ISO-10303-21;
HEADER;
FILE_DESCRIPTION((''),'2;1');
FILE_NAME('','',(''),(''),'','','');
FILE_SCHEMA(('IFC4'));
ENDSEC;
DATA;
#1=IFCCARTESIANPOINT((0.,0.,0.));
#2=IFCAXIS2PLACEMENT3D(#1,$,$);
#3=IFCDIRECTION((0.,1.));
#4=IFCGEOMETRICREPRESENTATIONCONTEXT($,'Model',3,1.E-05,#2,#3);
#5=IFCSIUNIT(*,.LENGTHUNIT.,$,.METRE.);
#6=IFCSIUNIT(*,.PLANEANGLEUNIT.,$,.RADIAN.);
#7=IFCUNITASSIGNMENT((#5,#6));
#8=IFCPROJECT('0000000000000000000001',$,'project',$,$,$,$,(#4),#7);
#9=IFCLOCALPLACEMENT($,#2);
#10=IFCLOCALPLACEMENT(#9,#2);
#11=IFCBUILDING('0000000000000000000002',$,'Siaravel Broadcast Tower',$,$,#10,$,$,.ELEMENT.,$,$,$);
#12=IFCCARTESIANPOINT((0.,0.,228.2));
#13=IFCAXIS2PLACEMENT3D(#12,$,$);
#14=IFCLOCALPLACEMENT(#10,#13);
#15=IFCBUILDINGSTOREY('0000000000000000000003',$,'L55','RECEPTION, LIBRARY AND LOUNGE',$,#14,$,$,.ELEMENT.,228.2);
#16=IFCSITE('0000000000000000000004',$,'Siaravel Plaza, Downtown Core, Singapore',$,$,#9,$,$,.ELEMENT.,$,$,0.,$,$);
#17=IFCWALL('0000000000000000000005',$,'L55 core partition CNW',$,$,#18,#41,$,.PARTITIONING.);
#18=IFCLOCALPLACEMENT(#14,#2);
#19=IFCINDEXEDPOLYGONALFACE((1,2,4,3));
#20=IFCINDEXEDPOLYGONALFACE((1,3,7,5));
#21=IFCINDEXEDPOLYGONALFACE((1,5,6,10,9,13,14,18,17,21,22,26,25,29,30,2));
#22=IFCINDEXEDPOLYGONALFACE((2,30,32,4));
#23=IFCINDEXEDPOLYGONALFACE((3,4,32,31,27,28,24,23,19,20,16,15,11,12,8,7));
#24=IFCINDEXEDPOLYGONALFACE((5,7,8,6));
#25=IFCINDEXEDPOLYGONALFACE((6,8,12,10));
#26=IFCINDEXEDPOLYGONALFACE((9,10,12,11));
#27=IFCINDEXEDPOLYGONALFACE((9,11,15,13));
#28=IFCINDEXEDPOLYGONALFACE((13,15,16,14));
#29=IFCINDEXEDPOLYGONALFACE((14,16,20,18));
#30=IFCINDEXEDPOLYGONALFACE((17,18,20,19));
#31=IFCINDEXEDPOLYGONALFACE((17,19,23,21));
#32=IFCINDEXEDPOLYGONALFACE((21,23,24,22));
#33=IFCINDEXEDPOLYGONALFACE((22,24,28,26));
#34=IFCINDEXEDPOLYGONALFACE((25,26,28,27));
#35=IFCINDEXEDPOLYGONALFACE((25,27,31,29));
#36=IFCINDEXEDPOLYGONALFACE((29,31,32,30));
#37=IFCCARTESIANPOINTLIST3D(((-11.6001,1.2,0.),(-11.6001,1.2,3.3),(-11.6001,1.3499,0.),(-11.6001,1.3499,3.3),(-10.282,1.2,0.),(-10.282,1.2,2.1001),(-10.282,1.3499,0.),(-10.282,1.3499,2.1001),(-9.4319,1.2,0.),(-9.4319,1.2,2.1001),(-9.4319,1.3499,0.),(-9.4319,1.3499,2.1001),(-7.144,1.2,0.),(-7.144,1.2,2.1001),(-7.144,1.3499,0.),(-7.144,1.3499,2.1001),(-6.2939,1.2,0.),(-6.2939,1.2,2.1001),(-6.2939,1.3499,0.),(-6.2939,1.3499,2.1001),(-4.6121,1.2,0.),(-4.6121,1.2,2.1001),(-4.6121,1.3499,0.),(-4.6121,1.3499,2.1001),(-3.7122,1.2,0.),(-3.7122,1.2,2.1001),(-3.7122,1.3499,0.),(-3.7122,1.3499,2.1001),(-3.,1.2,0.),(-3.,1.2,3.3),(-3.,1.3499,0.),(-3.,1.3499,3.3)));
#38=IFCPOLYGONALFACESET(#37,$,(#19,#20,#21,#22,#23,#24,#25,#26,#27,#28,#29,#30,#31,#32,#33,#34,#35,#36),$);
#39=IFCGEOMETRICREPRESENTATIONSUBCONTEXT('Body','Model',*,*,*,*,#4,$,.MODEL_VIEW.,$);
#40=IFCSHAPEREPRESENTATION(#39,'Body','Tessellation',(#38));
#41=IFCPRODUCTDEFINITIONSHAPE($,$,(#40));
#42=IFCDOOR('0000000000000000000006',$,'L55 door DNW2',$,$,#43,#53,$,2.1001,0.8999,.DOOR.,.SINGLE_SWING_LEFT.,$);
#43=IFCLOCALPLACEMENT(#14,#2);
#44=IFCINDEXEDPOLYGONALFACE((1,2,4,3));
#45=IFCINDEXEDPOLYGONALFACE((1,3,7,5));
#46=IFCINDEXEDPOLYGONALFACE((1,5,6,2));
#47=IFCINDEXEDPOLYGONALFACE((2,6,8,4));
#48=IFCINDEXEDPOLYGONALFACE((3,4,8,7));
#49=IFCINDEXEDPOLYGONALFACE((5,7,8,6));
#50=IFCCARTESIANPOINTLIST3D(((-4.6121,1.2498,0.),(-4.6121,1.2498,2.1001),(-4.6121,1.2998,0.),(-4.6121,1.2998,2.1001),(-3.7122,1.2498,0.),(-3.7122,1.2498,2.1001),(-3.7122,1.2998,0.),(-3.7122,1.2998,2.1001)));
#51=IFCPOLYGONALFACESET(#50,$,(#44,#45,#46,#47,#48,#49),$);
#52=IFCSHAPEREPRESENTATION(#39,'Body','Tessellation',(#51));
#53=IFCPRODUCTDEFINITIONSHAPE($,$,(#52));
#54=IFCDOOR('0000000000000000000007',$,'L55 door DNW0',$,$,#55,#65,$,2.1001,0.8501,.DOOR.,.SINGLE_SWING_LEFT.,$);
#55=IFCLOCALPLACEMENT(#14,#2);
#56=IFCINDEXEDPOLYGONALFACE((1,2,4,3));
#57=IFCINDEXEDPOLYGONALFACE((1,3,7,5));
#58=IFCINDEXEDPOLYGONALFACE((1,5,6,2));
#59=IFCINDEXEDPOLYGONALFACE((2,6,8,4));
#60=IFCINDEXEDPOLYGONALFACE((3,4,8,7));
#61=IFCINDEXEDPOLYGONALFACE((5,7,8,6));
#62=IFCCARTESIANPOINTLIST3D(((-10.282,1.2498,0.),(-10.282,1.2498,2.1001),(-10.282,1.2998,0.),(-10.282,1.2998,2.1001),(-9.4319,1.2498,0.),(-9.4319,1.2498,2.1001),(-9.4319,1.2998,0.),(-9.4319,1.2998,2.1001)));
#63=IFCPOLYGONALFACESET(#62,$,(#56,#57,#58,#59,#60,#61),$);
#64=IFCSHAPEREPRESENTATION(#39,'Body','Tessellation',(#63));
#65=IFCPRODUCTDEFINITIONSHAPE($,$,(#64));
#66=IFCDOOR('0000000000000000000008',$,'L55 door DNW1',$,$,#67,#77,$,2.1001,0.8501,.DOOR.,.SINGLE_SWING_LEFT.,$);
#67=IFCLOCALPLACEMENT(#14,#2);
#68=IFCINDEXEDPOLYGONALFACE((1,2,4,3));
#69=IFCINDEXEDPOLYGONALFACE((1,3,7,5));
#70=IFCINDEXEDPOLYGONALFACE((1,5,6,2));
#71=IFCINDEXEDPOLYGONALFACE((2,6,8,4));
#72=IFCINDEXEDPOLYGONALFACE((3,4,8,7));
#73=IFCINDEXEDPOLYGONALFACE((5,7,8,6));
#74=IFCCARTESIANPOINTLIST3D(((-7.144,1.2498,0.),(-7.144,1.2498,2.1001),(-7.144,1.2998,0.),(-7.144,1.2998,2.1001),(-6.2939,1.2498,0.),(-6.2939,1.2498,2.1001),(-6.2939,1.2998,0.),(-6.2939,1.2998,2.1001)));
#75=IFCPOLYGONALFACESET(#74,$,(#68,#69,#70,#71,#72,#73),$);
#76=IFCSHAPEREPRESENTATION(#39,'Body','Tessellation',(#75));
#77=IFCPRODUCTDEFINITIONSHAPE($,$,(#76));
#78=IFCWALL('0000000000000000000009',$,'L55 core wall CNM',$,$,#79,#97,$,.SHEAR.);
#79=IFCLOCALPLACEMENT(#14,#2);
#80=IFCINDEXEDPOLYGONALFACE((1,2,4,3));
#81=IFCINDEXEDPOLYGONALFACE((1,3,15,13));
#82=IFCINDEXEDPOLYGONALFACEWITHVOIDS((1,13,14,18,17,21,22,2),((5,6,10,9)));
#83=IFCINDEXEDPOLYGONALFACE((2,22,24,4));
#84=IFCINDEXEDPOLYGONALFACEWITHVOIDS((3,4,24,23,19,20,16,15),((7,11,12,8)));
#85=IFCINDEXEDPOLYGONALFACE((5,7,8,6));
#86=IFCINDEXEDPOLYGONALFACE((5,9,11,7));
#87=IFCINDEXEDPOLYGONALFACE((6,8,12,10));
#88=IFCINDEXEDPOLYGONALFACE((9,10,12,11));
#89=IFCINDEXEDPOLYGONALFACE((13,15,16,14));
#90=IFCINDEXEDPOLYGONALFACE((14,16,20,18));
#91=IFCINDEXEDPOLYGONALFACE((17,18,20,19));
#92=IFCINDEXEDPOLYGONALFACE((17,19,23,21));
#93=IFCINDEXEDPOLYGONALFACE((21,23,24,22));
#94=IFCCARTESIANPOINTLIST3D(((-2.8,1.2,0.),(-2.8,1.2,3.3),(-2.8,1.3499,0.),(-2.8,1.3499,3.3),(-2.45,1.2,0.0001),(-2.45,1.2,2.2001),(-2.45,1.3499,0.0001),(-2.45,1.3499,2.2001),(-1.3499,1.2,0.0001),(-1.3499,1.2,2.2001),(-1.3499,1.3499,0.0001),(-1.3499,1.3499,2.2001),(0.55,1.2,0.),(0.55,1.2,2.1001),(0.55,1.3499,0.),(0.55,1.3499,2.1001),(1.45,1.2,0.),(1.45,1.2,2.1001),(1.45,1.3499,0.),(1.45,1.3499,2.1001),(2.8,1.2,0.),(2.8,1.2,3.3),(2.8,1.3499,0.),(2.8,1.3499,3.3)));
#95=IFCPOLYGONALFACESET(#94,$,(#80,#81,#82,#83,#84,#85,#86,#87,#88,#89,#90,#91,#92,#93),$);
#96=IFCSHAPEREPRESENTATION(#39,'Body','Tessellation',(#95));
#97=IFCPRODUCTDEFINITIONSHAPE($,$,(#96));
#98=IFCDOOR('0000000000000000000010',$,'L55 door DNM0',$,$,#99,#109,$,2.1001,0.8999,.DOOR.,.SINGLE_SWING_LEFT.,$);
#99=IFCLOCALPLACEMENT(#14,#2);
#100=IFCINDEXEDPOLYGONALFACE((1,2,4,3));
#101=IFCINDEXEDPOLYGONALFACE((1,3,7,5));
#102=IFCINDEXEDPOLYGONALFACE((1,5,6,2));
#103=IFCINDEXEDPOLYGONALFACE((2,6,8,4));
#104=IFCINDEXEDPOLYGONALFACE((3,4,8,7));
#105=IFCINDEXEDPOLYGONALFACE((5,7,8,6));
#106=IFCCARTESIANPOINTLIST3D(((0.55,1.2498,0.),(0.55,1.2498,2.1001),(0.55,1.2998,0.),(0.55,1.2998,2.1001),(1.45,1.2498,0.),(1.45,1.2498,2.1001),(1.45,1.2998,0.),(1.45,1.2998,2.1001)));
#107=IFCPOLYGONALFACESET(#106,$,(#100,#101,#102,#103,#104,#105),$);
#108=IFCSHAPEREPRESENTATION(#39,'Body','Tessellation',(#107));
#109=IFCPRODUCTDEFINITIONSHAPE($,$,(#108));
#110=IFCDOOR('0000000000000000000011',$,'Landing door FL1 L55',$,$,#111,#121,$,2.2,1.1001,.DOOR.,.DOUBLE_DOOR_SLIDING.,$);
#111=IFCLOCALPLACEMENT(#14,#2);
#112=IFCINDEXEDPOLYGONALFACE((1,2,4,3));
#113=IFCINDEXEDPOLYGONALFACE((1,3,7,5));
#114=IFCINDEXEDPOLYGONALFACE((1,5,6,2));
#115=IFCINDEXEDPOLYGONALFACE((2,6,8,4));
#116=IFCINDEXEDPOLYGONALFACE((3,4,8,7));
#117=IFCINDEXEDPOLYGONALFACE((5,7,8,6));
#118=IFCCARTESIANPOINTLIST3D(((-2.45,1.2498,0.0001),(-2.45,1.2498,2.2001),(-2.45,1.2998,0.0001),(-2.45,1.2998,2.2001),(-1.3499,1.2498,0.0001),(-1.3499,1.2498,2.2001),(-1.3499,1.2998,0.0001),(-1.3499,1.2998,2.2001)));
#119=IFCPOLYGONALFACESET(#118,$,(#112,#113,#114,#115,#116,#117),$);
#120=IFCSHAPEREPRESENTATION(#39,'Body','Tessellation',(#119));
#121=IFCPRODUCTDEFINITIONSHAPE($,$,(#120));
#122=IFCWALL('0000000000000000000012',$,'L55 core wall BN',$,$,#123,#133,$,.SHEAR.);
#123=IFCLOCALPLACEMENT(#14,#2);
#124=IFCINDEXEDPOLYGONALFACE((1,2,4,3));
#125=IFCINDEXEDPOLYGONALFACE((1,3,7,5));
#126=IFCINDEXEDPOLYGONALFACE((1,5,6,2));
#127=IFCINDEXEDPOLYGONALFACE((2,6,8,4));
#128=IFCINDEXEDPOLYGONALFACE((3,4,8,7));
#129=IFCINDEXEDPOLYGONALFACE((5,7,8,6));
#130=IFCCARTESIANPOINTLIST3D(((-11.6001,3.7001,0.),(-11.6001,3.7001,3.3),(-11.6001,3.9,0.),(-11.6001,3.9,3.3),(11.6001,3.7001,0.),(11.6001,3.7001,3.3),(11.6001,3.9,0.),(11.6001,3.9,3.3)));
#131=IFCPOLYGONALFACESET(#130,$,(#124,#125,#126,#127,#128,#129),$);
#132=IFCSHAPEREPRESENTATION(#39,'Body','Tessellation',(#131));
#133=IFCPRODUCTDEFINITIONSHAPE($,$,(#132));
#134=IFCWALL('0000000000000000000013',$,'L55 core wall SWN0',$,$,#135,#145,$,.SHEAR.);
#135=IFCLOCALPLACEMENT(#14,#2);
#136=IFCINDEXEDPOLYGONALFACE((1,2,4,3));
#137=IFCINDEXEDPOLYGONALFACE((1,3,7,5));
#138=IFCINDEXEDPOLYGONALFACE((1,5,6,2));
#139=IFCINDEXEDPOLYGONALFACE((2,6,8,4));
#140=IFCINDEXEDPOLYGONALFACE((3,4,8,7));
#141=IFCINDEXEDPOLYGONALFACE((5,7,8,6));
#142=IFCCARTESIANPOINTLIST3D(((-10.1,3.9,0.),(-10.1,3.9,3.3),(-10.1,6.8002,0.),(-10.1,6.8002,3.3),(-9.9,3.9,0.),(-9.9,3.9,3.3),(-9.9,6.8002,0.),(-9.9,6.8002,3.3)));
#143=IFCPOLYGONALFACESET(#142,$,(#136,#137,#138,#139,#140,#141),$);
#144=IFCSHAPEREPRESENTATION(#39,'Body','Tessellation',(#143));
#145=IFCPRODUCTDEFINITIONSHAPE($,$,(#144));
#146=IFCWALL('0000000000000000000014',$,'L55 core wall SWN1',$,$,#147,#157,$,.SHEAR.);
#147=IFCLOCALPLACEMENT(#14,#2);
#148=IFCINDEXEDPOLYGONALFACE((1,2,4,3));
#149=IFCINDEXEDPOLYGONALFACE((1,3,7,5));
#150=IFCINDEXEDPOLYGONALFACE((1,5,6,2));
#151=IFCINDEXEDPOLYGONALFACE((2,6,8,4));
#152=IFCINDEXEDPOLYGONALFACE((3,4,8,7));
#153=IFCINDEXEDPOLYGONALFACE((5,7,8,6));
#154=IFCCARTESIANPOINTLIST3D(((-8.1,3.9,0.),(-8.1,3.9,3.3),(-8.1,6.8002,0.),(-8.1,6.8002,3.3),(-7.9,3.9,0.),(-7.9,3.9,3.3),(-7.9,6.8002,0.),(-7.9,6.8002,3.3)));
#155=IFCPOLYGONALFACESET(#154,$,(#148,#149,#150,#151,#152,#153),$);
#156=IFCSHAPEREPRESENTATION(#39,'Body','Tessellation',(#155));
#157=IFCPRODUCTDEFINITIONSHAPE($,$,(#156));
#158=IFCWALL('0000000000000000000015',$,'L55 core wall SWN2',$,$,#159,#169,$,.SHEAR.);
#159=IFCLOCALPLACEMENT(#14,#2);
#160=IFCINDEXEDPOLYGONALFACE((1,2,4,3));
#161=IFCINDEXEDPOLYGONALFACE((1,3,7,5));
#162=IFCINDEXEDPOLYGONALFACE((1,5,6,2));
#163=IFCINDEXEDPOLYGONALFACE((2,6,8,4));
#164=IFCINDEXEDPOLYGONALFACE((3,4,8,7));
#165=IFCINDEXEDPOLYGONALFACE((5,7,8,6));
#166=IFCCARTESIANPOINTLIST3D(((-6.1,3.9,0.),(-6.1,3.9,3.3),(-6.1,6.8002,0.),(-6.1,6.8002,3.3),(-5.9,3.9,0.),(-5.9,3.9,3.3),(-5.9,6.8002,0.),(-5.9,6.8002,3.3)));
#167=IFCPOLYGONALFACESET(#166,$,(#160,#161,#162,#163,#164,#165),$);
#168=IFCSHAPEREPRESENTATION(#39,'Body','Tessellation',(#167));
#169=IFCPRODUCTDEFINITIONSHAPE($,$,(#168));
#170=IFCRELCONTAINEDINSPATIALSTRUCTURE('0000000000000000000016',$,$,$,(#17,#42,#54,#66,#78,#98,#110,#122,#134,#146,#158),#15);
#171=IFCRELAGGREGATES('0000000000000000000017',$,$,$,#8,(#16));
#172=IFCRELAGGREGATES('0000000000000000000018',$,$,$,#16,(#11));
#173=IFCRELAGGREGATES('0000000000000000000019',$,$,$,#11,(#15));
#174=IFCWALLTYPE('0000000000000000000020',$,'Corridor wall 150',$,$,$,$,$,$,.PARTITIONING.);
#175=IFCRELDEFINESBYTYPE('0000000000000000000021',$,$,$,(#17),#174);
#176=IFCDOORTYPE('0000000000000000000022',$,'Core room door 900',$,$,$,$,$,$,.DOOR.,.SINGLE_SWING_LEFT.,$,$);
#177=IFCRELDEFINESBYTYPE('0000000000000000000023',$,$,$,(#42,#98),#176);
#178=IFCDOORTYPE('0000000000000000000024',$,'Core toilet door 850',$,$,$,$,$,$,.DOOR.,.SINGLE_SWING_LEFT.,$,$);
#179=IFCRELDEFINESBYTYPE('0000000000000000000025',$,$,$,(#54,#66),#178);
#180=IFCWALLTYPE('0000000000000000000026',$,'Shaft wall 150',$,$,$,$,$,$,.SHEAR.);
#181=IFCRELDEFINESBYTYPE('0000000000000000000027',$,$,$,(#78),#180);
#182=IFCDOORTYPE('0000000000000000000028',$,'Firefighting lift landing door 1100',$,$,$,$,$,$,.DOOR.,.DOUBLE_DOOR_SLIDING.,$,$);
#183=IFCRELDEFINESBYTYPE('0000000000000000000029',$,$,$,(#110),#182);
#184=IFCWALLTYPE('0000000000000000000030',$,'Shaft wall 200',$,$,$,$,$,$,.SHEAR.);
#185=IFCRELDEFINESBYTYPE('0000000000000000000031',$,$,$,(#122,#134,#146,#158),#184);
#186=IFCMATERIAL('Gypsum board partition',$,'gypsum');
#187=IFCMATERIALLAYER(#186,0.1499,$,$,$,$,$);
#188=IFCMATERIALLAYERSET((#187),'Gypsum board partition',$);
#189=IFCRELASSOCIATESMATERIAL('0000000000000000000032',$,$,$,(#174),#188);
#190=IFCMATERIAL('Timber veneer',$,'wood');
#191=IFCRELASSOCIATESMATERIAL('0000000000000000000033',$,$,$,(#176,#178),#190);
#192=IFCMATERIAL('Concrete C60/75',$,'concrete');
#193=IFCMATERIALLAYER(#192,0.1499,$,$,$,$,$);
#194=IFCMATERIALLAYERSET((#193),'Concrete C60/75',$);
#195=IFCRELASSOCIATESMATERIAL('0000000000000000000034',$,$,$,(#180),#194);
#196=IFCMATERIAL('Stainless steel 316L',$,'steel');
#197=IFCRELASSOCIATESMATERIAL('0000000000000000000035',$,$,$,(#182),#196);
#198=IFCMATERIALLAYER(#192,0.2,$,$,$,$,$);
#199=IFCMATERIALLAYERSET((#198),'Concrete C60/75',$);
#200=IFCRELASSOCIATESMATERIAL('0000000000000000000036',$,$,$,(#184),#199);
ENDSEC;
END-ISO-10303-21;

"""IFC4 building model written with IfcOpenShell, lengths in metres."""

from ifc_helpers import new_model, si_unit, direction, frame, frame_2d, origin, place, context, subcontext, project, spatial, rectangle, extrude, material, layer, layer_set, type_object, element, fill, save


model = new_model("IFC4")

# Units and contexts
model_context = context("Model", 3, precision=1e-05, world=origin(), true_north=direction((0.0, 1.0)))
body_context = subcontext(model_context, "Body", "Model", "MODEL_VIEW")
ifc_project = project(units=[si_unit("LENGTHUNIT", "METRE"), si_unit("PLANEANGLEUNIT", "RADIAN")], contexts=[model_context])

# Site, building, storey
site_placement = place(None, origin())
site = spatial("IfcSite", under=ifc_project, at=site_placement, Name="Siaravel Plaza, Downtown Core, Singapore", CompositionType="ELEMENT", RefElevation=0.0)
building_placement = place(site_placement, origin())
building = spatial("IfcBuilding", under=site, at=building_placement, Name="Siaravel Broadcast Tower", CompositionType="ELEMENT")
storey_placement = place(building_placement, frame((0.0, 0.0, 228.2)))
storey = spatial("IfcBuildingStorey", under=building, at=storey_placement, Name="L55", Description="RECEPTION, LIBRARY AND LOUNGE", CompositionType="ELEMENT", Elevation=228.2)

# Walls, openings, doors
ifc_material_1 = material(Name="Gypsum board partition", Category="gypsum")
ifc_layer_1 = layer(ifc_material_1, 0.1499)
ifc_layer_set_1 = layer_set([ifc_layer_1], Name="Gypsum board partition")
wall_type_1 = type_object("IfcWallType", Name="Corridor wall 150", PredefinedType="PARTITIONING", material=ifc_layer_set_1)
wall_1_placement = place(storey_placement, frame((-11.6001, 1.2749, 0.0), z_axis=(0.0, 0.0, 1.0), x_axis=(1.0, 0.0, 0.0)))
wall_1 = element("IfcWall", 1, at=wall_1_placement, inside=storey, type_object=wall_type_1, Name="L55 core partition CNW", PredefinedType="PARTITIONING", context=body_context, shape_type="SweptSolid", body=[
    extrude(rectangle(XDim=8.6001, YDim=0.1499, at=frame_2d((4.3, 0.0))), origin(), (0.0, 0.0, 1.0), 3.3),
])
opening_1_placement = place(wall_1_placement, frame((1.3181, 0.0, 0.0)))
opening_1 = element("IfcOpeningElement", 2, at=opening_1_placement, cuts=wall_1, PredefinedType="OPENING", context=body_context, shape_type="SweptSolid", body=[
    extrude(rectangle(XDim=0.8501, YDim=2.1001, at=frame_2d((0.425, 1.05))), frame((0.0, 0.085, 0.0), z_axis=(0.0, -1.0, 0.0), x_axis=(1.0, 0.0, 0.0)), (0.0, 0.0, 1.0), 0.1699),
])
opening_2_placement = place(wall_1_placement, frame((4.4561, 0.0, 0.0)))
opening_2 = element("IfcOpeningElement", 3, at=opening_2_placement, cuts=wall_1, PredefinedType="OPENING", context=body_context, shape_type="SweptSolid", body=[
    extrude(rectangle(XDim=0.8501, YDim=2.1001, at=frame_2d((0.425, 1.05))), frame((0.0, 0.085, 0.0), z_axis=(0.0, -1.0, 0.0), x_axis=(1.0, 0.0, 0.0)), (0.0, 0.0, 1.0), 0.1699),
])
opening_3_placement = place(wall_1_placement, frame((6.988, 0.0, 0.0)))
opening_3 = element("IfcOpeningElement", 4, at=opening_3_placement, cuts=wall_1, PredefinedType="OPENING", context=body_context, shape_type="SweptSolid", body=[
    extrude(rectangle(XDim=0.8999, YDim=2.1001, at=frame_2d((0.45, 1.05))), frame((0.0, 0.085, 0.0), z_axis=(0.0, -1.0, 0.0), x_axis=(1.0, 0.0, 0.0)), (0.0, 0.0, 1.0), 0.1699),
])
ifc_material_2 = material(Name="Timber veneer", Category="wood")
door_type_1 = type_object("IfcDoorType", Name="Core room door 900", OperationType="SINGLE_SWING_LEFT", PredefinedType="DOOR", material=ifc_material_2)
door_1_placement = place(opening_3_placement, origin())
door_1 = element("IfcDoor", 5, at=door_1_placement, inside=storey, type_object=door_type_1, Name="L55 door DNW2", OperationType="SINGLE_SWING_LEFT", OverallHeight=2.1001, OverallWidth=0.8999, PredefinedType="DOOR", context=body_context, shape_type="SweptSolid", body=[
    extrude(rectangle(XDim=0.8999, YDim=2.1001, at=frame_2d((0.45, 1.05))), frame((0.0, 0.0249, 0.0), z_axis=(0.0, -1.0, 0.0), x_axis=(1.0, 0.0, 0.0)), (0.0, 0.0, 1.0), 0.05),
])
fill(opening_3, door_1)
door_type_2 = type_object("IfcDoorType", Name="Core toilet door 850", OperationType="SINGLE_SWING_LEFT", PredefinedType="DOOR", material=ifc_material_2)
door_2_placement = place(opening_1_placement, origin())
door_2 = element("IfcDoor", 6, at=door_2_placement, inside=storey, type_object=door_type_2, Name="L55 door DNW0", OperationType="SINGLE_SWING_LEFT", OverallHeight=2.1001, OverallWidth=0.8501, PredefinedType="DOOR", context=body_context, shape_type="SweptSolid", body=[
    extrude(rectangle(XDim=0.8501, YDim=2.1001, at=frame_2d((0.425, 1.05))), frame((0.0, 0.0249, 0.0), z_axis=(0.0, -1.0, 0.0), x_axis=(1.0, 0.0, 0.0)), (0.0, 0.0, 1.0), 0.05),
])
fill(opening_1, door_2)
door_3_placement = place(opening_2_placement, origin())
door_3 = element("IfcDoor", 7, at=door_3_placement, inside=storey, type_object=door_type_2, Name="L55 door DNW1", OperationType="SINGLE_SWING_LEFT", OverallHeight=2.1001, OverallWidth=0.8501, PredefinedType="DOOR", context=body_context, shape_type="SweptSolid", body=[
    extrude(rectangle(XDim=0.8501, YDim=2.1001, at=frame_2d((0.425, 1.05))), frame((0.0, 0.0249, 0.0), z_axis=(0.0, -1.0, 0.0), x_axis=(1.0, 0.0, 0.0)), (0.0, 0.0, 1.0), 0.05),
])
fill(opening_2, door_3)
ifc_material_3 = material(Name="Concrete C60/75", Category="concrete")
ifc_layer_2 = layer(ifc_material_3, 0.1499)
ifc_layer_set_2 = layer_set([ifc_layer_2], Name="Concrete C60/75")
wall_type_2 = type_object("IfcWallType", Name="Shaft wall 150", PredefinedType="SHEAR", material=ifc_layer_set_2)
wall_2_placement = place(storey_placement, frame((-2.8, 1.2749, 0.0), z_axis=(0.0, 0.0, 1.0), x_axis=(1.0, 0.0, 0.0)))
wall_2 = element("IfcWall", 8, at=wall_2_placement, inside=storey, type_object=wall_type_2, Name="L55 core wall CNM", PredefinedType="SHEAR", context=body_context, shape_type="SweptSolid", body=[
    extrude(rectangle(XDim=5.6001, YDim=0.1499, at=frame_2d((2.8, 0.0))), origin(), (0.0, 0.0, 1.0), 3.3),
])
opening_4_placement = place(wall_2_placement, frame((0.3501, 0.0, 0.0)))
opening_4 = element("IfcOpeningElement", 9, at=opening_4_placement, cuts=wall_2, PredefinedType="OPENING", context=body_context, shape_type="SweptSolid", body=[
    extrude(rectangle(XDim=1.1001, YDim=2.2, at=frame_2d((0.55, 1.1001))), frame((0.0, 0.085, 0.0), z_axis=(0.0, -1.0, 0.0), x_axis=(1.0, 0.0, 0.0)), (0.0, 0.0, 1.0), 0.1699),
])
opening_5_placement = place(wall_2_placement, frame((3.3501, 0.0, 0.0)))
opening_5 = element("IfcOpeningElement", 10, at=opening_5_placement, cuts=wall_2, PredefinedType="OPENING", context=body_context, shape_type="SweptSolid", body=[
    extrude(rectangle(XDim=0.8999, YDim=2.1001, at=frame_2d((0.45, 1.05))), frame((0.0, 0.085, 0.0), z_axis=(0.0, -1.0, 0.0), x_axis=(1.0, 0.0, 0.0)), (0.0, 0.0, 1.0), 0.1699),
])
door_4_placement = place(opening_5_placement, origin())
door_4 = element("IfcDoor", 11, at=door_4_placement, inside=storey, type_object=door_type_1, Name="L55 door DNM0", OperationType="SINGLE_SWING_LEFT", OverallHeight=2.1001, OverallWidth=0.8999, PredefinedType="DOOR", context=body_context, shape_type="SweptSolid", body=[
    extrude(rectangle(XDim=0.8999, YDim=2.1001, at=frame_2d((0.45, 1.05))), frame((0.0, 0.0249, 0.0), z_axis=(0.0, -1.0, 0.0), x_axis=(1.0, 0.0, 0.0)), (0.0, 0.0, 1.0), 0.05),
])
fill(opening_5, door_4)
ifc_material_4 = material(Name="Stainless steel 316L", Category="steel")
door_type_3 = type_object("IfcDoorType", Name="Firefighting lift landing door 1100", OperationType="DOUBLE_DOOR_SLIDING", PredefinedType="DOOR", material=ifc_material_4)
door_5_placement = place(opening_4_placement, origin())
door_5 = element("IfcDoor", 12, at=door_5_placement, inside=storey, type_object=door_type_3, Name="Landing door FL1 L55", OperationType="DOUBLE_DOOR_SLIDING", OverallHeight=2.2, OverallWidth=1.1001, PredefinedType="DOOR", context=body_context, shape_type="SweptSolid", body=[
    extrude(rectangle(XDim=1.1001, YDim=2.2, at=frame_2d((0.55, 1.1001))), frame((0.0, 0.0249, 0.0), z_axis=(0.0, -1.0, 0.0), x_axis=(1.0, 0.0, 0.0)), (0.0, 0.0, 1.0), 0.05),
])
fill(opening_4, door_5)

# Walls
ifc_layer_3 = layer(ifc_material_3, 0.2)
ifc_layer_set_3 = layer_set([ifc_layer_3], Name="Concrete C60/75")
wall_type_3 = type_object("IfcWallType", Name="Shaft wall 200", PredefinedType="SHEAR", material=ifc_layer_set_3)
wall_3_placement = place(storey_placement, frame((-11.6001, 3.8, 0.0), z_axis=(0.0, 0.0, 1.0), x_axis=(1.0, 0.0, 0.0)))
element("IfcWall", 13, at=wall_3_placement, inside=storey, type_object=wall_type_3, Name="L55 core wall BN", PredefinedType="SHEAR", context=body_context, shape_type="SweptSolid", body=[
    extrude(rectangle(XDim=23.2002, YDim=0.2, at=frame_2d((11.6001, 0.0))), origin(), (0.0, 0.0, 1.0), 3.3),
])
for number, where, z_axis, x_axis, name in (
    (14, (-10.0, 3.8999, 0.0), (0.0, 0.0, 1.0), (0.0, 1.0, 0.0), "L55 core wall SWN0"),
    (15, (-8.0, 3.8999, 0.0), (0.0, 0.0, 1.0), (0.0, 1.0, 0.0), "L55 core wall SWN1"),
    (16, (-6.0, 3.8999, 0.0), (0.0, 0.0, 1.0), (0.0, 1.0, 0.0), "L55 core wall SWN2"),
):
    element("IfcWall", number, at=place(storey_placement, frame(where, z_axis=z_axis, x_axis=x_axis)), inside=storey, type_object=wall_type_3, Name=name, PredefinedType="SHEAR", context=body_context, shape_type="SweptSolid", body=[
        extrude(rectangle(XDim=2.9001, YDim=0.2, at=frame_2d((1.4502, 0.0))), origin(), (0.0, 0.0, 1.0), 3.3),
    ])

save(model, "model.ifc")
